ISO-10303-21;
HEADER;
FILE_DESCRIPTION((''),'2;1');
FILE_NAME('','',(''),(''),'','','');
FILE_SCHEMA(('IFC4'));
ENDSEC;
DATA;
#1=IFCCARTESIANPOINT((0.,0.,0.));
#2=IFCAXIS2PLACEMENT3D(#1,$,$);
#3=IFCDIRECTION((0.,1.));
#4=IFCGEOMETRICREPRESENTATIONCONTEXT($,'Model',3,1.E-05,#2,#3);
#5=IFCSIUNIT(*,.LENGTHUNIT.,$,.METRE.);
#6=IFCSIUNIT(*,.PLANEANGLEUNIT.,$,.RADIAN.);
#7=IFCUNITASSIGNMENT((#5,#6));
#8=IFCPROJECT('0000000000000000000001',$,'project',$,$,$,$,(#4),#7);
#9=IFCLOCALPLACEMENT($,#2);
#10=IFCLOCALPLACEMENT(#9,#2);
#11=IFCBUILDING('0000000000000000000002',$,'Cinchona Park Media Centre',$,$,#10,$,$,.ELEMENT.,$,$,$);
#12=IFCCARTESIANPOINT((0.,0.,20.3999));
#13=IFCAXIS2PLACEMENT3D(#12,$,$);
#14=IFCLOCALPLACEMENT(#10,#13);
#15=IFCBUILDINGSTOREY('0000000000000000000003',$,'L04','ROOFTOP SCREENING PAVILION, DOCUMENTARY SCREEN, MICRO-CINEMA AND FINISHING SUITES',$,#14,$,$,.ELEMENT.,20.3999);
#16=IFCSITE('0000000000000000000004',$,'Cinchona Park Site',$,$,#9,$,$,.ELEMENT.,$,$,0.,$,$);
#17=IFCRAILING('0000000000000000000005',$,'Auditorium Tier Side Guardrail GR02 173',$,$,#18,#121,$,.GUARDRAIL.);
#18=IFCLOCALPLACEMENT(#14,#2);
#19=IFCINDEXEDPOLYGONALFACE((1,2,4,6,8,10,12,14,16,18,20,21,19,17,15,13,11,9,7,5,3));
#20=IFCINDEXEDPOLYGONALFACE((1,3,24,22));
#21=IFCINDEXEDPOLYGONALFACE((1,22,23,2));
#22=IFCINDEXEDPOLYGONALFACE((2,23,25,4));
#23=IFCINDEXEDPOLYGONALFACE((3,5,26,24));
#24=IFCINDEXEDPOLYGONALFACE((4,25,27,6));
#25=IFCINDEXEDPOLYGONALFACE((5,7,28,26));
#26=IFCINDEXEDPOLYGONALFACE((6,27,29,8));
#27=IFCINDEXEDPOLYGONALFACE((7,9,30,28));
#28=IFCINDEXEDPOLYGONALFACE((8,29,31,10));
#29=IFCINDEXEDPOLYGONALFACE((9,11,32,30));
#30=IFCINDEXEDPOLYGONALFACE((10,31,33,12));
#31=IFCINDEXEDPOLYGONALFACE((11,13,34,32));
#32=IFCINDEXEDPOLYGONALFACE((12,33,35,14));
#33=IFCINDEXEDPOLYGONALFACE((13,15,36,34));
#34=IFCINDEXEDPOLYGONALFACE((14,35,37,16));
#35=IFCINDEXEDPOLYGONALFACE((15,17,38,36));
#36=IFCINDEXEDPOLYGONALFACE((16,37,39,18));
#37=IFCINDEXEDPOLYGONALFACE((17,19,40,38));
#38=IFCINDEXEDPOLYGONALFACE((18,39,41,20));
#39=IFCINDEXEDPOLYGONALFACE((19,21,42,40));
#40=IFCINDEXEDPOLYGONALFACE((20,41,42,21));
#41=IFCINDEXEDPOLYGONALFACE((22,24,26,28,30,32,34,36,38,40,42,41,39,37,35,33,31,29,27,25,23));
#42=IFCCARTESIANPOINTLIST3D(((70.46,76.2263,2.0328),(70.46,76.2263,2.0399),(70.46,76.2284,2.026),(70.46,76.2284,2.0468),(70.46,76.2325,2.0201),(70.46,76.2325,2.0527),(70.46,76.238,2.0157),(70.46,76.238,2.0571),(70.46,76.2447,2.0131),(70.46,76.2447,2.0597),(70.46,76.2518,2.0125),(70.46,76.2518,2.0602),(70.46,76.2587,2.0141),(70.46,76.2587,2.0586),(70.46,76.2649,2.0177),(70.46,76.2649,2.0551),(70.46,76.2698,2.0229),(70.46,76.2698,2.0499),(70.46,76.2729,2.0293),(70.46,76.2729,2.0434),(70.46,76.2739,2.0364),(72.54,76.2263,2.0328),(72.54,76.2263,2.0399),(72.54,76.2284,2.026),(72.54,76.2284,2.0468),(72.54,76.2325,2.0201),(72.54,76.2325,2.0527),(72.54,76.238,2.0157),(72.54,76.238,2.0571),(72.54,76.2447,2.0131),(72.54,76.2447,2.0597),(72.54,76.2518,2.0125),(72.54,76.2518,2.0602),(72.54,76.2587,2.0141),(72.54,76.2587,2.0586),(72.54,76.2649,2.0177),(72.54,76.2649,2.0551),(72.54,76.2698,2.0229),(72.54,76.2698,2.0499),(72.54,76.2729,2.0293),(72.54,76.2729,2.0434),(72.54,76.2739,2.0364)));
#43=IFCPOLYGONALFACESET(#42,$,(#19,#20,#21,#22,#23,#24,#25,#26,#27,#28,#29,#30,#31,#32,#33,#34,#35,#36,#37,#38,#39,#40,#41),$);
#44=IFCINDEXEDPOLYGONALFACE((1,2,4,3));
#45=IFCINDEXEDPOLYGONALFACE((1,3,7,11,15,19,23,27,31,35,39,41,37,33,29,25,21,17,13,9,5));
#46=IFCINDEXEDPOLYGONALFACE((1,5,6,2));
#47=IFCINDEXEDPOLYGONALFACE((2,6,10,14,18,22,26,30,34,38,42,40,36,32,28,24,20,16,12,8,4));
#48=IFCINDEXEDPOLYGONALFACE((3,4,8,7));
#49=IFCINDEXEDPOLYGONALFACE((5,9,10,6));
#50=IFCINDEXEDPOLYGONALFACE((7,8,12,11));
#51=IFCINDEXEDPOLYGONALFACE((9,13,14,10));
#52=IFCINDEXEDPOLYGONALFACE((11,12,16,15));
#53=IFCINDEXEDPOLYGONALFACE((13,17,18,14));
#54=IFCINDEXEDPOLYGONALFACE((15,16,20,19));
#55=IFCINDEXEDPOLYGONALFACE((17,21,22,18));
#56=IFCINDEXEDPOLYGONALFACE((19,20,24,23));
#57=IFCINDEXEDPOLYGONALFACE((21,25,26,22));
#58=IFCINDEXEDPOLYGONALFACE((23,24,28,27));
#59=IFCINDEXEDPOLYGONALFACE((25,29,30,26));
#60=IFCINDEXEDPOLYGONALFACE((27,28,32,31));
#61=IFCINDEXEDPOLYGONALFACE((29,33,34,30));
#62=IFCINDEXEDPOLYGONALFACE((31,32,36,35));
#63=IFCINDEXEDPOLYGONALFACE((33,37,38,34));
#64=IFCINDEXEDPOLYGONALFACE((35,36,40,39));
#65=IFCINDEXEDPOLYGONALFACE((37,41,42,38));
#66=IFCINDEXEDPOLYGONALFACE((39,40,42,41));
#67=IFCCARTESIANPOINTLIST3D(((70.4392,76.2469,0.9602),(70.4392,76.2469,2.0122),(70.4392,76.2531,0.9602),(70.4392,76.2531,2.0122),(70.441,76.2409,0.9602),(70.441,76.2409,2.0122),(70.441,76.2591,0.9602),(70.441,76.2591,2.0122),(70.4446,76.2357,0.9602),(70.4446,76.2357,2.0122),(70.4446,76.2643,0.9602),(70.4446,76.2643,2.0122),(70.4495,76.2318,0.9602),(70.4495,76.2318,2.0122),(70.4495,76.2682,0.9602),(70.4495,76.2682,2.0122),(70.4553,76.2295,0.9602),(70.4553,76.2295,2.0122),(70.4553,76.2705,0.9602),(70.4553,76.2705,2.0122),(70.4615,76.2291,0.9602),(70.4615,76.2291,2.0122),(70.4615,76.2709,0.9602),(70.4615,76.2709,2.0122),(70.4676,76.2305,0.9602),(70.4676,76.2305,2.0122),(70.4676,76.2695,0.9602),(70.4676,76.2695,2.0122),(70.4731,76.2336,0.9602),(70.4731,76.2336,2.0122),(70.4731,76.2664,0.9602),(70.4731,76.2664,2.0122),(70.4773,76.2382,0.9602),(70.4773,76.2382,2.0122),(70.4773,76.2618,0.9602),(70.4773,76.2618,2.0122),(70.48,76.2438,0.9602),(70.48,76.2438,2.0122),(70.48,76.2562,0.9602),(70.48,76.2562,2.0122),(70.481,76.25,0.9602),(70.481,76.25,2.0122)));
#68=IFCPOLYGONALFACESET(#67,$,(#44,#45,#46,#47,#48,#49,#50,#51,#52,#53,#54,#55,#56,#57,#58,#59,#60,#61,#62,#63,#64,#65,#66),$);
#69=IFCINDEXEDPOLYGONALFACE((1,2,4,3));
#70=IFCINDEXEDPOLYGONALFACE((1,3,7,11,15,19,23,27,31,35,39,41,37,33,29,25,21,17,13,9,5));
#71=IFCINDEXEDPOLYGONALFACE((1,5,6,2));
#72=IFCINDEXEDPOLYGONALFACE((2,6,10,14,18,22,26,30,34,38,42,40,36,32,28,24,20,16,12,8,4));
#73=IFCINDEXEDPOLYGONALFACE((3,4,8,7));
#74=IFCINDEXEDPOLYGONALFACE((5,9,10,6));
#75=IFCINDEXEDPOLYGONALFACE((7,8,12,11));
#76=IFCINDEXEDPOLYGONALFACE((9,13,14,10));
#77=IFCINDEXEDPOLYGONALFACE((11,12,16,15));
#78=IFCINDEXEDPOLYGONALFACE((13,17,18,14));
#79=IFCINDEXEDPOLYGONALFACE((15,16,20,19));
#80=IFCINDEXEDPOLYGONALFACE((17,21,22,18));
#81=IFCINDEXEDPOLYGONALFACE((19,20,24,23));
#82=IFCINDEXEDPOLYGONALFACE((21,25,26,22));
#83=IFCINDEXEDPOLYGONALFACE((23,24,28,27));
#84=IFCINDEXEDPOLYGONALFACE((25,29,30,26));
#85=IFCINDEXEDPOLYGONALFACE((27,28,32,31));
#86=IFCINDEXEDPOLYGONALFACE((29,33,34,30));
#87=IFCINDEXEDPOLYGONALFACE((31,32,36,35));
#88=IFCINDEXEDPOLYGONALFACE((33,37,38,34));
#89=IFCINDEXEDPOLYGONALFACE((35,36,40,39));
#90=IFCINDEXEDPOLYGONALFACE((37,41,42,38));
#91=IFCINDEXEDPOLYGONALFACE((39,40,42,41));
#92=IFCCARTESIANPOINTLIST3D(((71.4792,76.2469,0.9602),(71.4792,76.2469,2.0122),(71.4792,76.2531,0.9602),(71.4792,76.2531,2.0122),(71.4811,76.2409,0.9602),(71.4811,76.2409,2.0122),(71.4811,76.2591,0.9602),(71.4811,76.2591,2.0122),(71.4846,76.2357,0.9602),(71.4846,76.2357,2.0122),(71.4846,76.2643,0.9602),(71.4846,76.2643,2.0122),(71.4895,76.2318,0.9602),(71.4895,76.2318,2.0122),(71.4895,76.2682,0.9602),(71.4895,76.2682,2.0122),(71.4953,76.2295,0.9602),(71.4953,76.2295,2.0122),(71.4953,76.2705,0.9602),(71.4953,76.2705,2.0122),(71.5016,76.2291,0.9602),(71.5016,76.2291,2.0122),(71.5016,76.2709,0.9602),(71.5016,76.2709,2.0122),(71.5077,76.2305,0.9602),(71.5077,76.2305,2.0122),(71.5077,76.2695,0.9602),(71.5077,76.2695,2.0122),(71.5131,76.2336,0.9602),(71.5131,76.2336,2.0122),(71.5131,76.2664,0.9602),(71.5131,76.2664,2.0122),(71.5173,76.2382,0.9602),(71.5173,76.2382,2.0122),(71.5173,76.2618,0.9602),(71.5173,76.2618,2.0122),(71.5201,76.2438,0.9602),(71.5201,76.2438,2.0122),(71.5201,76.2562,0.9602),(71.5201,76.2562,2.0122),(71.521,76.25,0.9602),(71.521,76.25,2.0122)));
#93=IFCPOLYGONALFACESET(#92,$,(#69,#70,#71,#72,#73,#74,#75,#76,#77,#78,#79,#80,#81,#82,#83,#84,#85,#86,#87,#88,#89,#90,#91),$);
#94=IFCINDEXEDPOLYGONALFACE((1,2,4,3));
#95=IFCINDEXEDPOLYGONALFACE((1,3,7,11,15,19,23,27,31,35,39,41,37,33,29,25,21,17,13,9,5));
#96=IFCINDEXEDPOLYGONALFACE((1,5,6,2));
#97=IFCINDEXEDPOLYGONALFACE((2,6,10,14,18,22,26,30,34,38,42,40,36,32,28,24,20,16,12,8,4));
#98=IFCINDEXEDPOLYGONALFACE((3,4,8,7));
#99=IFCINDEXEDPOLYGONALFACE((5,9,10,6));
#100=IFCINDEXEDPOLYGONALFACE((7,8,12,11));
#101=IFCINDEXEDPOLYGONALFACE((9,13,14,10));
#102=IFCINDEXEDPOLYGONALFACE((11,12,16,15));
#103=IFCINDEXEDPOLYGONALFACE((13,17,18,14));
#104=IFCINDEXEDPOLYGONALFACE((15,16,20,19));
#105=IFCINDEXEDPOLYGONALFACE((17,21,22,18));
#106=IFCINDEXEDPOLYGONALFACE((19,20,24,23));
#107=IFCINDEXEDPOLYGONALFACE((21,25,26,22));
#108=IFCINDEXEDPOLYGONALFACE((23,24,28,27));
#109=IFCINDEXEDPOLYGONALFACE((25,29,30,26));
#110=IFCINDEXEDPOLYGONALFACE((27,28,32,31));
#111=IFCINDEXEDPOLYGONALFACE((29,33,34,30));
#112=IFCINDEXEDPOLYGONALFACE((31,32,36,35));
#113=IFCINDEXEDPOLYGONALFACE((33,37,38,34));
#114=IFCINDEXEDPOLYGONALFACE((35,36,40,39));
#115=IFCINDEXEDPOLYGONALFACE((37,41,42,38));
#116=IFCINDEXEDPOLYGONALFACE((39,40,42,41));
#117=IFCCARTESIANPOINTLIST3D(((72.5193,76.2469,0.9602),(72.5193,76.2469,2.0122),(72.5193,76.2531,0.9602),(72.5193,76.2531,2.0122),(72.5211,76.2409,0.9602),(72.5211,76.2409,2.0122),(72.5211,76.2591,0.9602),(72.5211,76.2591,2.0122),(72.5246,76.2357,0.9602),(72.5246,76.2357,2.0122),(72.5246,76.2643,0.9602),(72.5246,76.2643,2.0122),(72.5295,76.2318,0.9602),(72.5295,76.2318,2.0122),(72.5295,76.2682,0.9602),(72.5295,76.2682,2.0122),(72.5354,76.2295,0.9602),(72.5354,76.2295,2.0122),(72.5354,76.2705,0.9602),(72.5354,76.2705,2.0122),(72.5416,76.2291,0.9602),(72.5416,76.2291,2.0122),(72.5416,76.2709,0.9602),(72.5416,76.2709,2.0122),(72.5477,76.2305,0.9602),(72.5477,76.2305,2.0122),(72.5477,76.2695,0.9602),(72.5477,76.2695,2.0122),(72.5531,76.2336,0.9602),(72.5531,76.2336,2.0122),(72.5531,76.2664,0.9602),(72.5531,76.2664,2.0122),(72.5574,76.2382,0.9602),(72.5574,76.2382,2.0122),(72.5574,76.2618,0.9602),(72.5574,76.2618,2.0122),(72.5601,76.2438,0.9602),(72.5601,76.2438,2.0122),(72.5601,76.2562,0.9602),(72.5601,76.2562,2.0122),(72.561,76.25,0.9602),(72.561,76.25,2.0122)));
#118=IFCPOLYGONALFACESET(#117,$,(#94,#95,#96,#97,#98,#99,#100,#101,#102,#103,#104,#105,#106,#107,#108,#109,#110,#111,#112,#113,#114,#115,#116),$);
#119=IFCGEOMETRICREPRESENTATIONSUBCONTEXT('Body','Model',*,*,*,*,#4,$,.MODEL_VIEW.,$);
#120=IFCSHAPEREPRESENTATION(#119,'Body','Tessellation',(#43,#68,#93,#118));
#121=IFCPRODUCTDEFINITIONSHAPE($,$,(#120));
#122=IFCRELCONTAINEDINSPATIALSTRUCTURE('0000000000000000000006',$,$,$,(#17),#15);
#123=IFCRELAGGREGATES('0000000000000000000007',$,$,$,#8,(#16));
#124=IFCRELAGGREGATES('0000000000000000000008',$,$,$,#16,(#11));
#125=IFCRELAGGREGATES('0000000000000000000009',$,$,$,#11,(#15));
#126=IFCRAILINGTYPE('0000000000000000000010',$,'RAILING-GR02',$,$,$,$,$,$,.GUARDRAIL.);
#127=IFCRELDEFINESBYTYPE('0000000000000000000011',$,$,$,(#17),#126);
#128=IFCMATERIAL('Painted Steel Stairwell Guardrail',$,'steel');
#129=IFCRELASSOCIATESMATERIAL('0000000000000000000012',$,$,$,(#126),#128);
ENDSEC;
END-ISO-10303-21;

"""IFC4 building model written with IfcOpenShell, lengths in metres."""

from ifc_helpers import new_model, si_unit, direction, frame, origin, origin_2d, place, context, subcontext, project, spatial, circle, extrude, material, type_object, element, save


model = new_model("IFC4")

# Units and contexts
model_context = context("Model", 3, precision=1e-05, world=origin(), true_north=direction((0.0, 1.0)))
body_context = subcontext(model_context, "Body", "Model", "MODEL_VIEW")
ifc_project = project(units=[si_unit("LENGTHUNIT", "METRE"), si_unit("PLANEANGLEUNIT", "RADIAN")], contexts=[model_context])

# Site, building, storey
site_placement = place(None, origin())
site = spatial("IfcSite", under=ifc_project, at=site_placement, Name="Cinchona Park Site", CompositionType="ELEMENT", RefElevation=0.0)
building_placement = place(site_placement, origin())
building = spatial("IfcBuilding", under=site, at=building_placement, Name="Cinchona Park Media Centre", CompositionType="ELEMENT")
storey_placement = place(building_placement, frame((0.0, 0.0, 20.3999)))
storey = spatial("IfcBuildingStorey", under=building, at=storey_placement, Name="L04", Description="ROOFTOP SCREENING PAVILION, DOCUMENTARY SCREEN, MICRO-CINEMA AND FINISHING SUITES", CompositionType="ELEMENT", Elevation=20.3999)

# Railing
ifc_material_1 = material(Name="Painted Steel Stairwell Guardrail", Category="steel")
railing_type_1 = type_object("IfcRailingType", Name="RAILING-GR02", PredefinedType="GUARDRAIL", material=ifc_material_1)
railing_1_placement = place(storey_placement, frame((70.46, 76.25, 0.9602)))
element("IfcRailing", 1, at=railing_1_placement, inside=storey, type_object=railing_type_1, Name="Auditorium Tier Side Guardrail GR02 173", PredefinedType="GUARDRAIL", context=body_context, shape_type="SweptSolid", body=[
    extrude(circle(Radius=0.0239, at=origin_2d()), frame((0.0, 0.0, 1.0762), z_axis=(1.0, 0.0, 0.0), x_axis=(0.0, 1.0, 0.0)), (0.0, 0.0, 1.0), 2.0801),
    extrude(circle(Radius=0.021, at=origin_2d()), origin(), (0.0, 0.0, 1.0), 1.052),
    extrude(circle(Radius=0.021, at=origin_2d()), frame((1.04, 0.0, 0.0)), (0.0, 0.0, 1.0), 1.052),
    extrude(circle(Radius=0.021, at=origin_2d()), frame((2.0801, 0.0, 0.0)), (0.0, 0.0, 1.0), 1.052),
])

save(model, "model.ifc")
